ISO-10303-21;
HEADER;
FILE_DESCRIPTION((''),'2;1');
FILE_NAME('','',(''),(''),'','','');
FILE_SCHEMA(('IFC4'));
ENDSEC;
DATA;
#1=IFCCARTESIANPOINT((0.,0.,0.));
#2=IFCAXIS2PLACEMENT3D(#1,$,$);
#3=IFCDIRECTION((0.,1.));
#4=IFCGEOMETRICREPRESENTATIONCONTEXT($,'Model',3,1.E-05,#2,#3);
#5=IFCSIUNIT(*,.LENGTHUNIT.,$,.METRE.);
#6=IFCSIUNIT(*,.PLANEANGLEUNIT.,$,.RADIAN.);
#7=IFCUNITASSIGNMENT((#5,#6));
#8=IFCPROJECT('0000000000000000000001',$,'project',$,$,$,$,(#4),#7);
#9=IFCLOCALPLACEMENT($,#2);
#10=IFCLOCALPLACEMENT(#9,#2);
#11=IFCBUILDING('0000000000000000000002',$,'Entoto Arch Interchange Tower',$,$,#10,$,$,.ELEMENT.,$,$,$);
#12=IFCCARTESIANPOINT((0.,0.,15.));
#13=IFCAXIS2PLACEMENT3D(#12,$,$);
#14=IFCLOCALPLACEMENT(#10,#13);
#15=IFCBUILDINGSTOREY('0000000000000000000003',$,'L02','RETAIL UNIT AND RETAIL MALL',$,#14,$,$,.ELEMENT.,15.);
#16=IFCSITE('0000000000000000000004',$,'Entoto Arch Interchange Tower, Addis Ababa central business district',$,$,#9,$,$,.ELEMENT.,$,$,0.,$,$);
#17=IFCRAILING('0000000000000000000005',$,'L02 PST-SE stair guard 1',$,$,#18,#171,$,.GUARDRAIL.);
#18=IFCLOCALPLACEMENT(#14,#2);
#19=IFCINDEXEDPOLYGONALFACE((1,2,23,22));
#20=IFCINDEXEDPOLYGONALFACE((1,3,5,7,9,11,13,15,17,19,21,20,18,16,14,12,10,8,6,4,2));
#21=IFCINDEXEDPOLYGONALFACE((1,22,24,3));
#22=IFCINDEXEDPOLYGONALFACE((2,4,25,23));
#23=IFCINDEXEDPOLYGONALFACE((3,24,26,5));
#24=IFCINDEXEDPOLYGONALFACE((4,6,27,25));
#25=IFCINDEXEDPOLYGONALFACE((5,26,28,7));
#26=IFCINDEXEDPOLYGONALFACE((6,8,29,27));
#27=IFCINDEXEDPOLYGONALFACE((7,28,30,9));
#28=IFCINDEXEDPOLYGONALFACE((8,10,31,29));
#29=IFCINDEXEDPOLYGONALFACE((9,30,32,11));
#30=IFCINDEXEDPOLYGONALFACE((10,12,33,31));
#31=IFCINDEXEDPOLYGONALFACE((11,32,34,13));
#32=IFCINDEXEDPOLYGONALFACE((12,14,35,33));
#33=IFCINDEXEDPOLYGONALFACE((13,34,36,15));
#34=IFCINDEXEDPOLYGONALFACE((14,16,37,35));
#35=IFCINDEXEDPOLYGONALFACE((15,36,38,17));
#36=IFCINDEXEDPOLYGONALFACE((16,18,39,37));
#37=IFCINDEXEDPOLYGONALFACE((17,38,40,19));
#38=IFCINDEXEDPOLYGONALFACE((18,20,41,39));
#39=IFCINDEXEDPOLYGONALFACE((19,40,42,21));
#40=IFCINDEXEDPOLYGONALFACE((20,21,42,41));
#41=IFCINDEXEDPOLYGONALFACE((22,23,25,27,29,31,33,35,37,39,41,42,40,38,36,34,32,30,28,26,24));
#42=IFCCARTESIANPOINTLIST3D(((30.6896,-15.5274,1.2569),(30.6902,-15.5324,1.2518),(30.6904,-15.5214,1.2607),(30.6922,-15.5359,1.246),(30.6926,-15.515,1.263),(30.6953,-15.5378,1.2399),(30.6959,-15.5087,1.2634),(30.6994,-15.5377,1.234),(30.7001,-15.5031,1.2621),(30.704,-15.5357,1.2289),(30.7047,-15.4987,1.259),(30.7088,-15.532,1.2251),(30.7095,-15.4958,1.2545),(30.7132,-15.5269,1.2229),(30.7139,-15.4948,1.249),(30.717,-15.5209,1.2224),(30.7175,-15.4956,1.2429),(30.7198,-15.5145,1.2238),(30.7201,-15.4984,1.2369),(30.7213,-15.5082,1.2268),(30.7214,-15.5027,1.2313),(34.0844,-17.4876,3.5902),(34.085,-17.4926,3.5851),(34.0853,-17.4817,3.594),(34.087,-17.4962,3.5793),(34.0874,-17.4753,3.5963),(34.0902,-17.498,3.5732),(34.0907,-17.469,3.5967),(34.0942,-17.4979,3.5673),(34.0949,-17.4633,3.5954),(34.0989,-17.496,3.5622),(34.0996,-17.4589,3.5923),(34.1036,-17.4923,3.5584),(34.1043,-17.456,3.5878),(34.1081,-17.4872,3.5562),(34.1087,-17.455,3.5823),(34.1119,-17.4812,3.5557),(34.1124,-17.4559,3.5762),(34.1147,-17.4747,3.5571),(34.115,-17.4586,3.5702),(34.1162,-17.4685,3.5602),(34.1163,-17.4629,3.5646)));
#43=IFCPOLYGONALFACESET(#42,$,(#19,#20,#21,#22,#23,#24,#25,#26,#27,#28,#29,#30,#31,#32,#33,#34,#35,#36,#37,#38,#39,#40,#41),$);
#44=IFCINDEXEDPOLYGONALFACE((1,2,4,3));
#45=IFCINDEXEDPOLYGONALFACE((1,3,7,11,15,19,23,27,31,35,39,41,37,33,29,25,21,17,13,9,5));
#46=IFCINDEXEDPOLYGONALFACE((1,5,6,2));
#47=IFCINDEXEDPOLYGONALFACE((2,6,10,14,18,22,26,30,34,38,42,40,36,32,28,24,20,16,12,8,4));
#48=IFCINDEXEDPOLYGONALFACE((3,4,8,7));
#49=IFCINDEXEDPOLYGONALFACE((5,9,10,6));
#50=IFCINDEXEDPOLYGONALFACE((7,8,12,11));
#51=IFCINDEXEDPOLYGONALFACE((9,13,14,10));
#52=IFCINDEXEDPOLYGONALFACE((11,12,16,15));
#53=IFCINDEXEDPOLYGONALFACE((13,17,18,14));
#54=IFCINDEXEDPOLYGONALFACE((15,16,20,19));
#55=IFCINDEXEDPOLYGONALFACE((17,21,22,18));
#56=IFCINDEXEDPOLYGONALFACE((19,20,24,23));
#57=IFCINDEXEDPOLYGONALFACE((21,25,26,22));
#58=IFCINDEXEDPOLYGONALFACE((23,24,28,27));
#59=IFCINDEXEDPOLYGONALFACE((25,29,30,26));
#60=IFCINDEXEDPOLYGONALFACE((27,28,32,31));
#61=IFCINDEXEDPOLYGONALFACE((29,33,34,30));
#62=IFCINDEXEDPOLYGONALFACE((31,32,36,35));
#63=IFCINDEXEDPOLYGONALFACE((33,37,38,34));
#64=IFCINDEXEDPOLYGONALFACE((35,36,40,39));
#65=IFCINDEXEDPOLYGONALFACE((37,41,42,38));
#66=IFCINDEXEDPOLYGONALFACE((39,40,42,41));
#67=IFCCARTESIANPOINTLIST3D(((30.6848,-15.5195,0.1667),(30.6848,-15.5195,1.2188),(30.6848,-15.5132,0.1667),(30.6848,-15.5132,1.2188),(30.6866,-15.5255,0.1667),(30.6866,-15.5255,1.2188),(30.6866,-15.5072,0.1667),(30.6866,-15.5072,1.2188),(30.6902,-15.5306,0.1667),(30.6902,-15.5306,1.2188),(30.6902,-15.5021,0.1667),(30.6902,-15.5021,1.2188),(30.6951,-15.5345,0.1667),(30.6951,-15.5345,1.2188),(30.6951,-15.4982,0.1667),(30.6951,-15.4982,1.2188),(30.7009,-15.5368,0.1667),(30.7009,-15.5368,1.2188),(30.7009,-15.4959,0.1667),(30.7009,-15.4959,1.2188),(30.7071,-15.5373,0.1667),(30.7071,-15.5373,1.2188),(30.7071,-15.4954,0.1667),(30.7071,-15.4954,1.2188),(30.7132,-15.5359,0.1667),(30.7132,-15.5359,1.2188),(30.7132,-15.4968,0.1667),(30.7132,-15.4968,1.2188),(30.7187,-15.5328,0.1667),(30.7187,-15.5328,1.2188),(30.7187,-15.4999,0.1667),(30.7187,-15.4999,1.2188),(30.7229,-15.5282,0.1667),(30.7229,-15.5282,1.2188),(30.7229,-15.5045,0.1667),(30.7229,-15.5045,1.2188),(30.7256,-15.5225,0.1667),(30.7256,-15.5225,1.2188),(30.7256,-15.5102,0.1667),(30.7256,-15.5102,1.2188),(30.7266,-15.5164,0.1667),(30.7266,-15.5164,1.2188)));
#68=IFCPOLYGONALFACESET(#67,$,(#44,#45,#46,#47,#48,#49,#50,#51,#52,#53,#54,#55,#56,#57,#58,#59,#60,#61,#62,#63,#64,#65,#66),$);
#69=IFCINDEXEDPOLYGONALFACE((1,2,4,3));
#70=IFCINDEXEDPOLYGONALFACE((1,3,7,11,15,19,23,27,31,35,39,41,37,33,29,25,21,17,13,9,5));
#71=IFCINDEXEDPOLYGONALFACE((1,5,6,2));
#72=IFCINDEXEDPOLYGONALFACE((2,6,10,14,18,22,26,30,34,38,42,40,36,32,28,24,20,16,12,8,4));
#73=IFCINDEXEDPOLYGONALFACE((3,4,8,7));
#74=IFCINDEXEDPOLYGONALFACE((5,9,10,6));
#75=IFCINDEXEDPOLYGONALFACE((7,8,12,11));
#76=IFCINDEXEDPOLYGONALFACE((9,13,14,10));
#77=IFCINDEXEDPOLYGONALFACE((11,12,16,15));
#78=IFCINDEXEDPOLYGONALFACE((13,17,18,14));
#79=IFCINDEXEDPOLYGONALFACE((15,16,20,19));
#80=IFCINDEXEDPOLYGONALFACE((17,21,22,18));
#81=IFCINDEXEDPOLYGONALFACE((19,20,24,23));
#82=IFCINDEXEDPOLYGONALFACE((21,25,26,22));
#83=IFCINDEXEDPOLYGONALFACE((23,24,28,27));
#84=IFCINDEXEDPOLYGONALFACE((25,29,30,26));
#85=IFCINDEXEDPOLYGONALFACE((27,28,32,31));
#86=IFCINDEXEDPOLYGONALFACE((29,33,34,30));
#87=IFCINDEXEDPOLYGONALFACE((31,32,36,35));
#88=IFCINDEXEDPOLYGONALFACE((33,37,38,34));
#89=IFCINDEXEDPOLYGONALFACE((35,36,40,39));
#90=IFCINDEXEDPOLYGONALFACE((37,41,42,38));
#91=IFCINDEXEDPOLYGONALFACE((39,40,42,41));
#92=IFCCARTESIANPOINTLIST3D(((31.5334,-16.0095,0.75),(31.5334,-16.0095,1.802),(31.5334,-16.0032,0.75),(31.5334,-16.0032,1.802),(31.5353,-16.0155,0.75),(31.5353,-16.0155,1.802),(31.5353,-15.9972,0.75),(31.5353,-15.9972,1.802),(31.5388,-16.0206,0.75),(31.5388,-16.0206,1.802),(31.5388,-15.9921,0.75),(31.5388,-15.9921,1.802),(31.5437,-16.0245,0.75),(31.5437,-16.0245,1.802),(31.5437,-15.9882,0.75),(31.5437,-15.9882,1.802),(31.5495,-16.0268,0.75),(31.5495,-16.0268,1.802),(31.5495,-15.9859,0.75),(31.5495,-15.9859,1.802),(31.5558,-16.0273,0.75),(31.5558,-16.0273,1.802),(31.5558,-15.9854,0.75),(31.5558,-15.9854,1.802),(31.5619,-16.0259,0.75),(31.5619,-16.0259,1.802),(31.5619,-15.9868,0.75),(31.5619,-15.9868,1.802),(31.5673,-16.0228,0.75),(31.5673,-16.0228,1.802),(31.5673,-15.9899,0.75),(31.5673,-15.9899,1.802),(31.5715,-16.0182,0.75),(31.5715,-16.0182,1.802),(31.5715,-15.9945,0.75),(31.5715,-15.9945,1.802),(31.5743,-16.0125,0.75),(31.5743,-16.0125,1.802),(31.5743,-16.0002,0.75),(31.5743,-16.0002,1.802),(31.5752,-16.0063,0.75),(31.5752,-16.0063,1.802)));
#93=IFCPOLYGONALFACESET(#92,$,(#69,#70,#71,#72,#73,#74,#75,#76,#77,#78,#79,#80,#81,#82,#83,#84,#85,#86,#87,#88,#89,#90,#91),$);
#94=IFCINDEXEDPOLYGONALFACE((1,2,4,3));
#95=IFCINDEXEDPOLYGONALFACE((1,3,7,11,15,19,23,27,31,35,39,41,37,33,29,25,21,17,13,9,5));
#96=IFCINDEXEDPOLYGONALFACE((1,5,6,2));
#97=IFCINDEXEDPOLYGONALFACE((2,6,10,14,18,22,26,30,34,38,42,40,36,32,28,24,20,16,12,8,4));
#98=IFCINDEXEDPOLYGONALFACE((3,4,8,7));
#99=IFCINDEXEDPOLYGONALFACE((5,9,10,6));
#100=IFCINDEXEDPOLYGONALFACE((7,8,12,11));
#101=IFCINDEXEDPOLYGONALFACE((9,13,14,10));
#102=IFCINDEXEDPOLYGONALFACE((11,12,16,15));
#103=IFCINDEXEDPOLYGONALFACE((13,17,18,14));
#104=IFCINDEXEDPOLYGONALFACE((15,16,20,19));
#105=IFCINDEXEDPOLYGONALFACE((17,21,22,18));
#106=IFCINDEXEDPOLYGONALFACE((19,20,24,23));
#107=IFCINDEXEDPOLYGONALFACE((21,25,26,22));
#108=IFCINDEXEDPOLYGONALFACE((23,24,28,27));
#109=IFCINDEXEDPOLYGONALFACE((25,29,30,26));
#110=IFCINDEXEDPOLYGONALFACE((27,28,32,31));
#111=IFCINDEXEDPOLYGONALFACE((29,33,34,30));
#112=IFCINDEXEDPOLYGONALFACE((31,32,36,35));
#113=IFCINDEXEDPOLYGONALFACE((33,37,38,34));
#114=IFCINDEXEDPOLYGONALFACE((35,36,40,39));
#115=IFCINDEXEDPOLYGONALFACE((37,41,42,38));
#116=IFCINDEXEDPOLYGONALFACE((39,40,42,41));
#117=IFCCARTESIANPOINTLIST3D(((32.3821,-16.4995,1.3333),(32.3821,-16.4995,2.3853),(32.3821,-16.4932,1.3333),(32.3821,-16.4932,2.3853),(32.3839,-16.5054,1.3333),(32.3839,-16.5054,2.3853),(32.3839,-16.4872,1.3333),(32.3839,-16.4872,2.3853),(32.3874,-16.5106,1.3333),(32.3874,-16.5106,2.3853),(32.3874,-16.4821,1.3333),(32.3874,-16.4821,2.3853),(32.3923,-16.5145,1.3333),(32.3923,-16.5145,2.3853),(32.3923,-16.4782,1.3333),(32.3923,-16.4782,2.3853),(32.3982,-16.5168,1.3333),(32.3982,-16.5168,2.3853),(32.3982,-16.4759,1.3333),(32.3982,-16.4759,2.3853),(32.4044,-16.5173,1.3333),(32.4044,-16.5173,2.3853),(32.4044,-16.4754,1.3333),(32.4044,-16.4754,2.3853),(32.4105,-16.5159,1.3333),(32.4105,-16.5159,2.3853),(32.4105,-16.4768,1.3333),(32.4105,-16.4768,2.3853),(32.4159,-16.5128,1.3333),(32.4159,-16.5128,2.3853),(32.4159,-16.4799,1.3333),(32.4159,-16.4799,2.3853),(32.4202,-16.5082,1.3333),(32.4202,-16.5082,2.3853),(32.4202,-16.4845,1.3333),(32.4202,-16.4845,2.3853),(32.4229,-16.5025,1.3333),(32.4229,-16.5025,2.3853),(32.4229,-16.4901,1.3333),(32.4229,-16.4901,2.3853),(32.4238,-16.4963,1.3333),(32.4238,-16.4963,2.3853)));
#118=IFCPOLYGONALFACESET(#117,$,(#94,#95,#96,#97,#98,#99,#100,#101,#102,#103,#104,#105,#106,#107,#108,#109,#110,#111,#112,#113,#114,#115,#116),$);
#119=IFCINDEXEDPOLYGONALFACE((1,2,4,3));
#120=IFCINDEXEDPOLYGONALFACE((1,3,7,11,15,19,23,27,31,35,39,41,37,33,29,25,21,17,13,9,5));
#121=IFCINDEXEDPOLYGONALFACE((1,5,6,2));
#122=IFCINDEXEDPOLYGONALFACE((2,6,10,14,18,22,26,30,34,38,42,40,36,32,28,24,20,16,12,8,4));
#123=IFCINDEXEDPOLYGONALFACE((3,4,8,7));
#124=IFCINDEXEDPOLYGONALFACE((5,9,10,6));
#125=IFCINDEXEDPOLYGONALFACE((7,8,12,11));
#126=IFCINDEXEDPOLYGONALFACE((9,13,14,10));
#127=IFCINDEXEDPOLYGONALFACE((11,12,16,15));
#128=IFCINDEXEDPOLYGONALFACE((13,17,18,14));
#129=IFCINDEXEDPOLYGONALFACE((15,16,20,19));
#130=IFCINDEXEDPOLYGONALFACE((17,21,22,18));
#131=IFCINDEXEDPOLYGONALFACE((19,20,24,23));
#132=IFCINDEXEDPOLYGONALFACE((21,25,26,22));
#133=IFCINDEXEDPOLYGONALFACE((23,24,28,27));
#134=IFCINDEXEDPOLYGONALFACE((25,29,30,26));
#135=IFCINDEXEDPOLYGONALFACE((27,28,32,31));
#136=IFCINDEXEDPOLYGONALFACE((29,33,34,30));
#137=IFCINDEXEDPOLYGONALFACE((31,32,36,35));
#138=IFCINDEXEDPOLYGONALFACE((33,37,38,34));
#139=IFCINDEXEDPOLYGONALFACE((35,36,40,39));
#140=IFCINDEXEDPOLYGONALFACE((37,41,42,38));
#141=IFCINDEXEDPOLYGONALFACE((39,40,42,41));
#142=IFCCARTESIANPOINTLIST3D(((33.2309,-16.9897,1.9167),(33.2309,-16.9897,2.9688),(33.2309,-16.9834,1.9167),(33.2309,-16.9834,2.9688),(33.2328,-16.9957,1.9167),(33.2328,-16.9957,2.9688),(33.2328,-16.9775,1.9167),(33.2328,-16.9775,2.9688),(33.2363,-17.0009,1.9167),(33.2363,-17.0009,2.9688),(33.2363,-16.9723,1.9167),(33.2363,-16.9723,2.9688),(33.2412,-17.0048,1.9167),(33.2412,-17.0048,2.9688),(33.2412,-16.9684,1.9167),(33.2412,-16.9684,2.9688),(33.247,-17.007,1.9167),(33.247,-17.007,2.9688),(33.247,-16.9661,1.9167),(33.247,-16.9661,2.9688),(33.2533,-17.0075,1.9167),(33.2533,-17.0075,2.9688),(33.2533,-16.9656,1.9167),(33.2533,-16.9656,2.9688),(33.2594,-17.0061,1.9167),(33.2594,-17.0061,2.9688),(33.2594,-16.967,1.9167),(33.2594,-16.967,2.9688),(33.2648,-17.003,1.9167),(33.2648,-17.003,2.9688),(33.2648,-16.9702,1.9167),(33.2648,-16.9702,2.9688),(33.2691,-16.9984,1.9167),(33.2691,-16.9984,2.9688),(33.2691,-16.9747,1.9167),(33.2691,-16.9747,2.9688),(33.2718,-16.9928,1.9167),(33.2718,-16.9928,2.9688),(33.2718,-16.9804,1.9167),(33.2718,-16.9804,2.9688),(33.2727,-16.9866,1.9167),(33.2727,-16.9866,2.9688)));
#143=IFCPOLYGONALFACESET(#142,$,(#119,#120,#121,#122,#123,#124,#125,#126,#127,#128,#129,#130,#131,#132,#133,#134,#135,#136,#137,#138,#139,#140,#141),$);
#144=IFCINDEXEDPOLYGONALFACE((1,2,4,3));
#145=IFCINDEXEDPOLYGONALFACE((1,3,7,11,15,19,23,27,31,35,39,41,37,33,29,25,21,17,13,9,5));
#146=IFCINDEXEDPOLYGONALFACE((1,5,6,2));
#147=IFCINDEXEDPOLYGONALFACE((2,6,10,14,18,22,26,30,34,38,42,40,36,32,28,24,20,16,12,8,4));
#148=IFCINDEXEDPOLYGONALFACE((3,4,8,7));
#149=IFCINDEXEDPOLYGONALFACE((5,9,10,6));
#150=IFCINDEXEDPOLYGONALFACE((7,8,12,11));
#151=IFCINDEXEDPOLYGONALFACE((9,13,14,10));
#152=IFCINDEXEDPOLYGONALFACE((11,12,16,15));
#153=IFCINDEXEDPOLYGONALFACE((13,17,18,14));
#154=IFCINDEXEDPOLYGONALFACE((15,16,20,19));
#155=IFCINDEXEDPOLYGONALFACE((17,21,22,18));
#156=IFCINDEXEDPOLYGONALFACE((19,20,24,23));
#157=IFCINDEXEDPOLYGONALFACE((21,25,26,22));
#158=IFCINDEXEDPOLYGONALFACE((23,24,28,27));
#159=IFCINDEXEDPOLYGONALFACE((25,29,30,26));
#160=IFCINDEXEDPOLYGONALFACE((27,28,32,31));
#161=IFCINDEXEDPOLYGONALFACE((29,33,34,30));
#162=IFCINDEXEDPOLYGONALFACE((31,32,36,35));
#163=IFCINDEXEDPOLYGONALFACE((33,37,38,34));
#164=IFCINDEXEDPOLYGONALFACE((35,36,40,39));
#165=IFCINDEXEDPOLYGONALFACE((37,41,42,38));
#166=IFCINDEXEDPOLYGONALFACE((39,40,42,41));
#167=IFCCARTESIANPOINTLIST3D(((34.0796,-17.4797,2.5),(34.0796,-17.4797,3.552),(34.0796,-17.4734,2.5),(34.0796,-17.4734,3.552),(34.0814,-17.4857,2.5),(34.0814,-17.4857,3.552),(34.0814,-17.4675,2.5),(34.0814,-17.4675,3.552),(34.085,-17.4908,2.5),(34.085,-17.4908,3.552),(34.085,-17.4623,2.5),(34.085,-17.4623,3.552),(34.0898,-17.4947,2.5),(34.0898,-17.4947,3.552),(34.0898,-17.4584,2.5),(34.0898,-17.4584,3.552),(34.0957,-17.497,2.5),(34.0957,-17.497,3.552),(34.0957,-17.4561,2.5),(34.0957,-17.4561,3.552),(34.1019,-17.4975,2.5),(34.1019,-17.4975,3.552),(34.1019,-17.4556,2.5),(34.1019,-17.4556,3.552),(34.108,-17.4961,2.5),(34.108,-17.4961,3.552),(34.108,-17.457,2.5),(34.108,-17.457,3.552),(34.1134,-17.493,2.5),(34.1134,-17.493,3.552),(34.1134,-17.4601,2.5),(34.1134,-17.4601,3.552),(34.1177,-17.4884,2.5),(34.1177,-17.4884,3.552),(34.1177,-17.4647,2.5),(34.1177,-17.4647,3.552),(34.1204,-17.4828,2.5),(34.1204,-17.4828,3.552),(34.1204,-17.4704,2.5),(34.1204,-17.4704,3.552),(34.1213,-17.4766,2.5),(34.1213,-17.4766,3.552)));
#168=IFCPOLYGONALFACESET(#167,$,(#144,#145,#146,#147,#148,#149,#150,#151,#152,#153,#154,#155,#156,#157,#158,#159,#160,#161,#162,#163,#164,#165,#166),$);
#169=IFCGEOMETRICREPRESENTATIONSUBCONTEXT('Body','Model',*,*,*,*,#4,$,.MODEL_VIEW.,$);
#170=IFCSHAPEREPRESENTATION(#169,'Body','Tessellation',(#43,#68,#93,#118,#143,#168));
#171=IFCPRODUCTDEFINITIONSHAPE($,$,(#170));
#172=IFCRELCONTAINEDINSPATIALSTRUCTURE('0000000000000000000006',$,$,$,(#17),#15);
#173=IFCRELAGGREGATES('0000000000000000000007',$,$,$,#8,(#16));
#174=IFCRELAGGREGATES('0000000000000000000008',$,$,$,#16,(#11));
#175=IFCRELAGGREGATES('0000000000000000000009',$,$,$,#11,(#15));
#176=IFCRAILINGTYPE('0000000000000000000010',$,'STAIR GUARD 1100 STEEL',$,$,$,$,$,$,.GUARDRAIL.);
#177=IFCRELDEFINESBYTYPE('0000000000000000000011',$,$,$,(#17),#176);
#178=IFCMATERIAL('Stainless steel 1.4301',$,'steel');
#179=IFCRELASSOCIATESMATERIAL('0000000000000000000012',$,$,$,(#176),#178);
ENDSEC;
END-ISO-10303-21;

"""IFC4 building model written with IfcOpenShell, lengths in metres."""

from ifc_helpers import new_model, si_unit, direction, frame, origin, origin_2d, place, context, subcontext, project, spatial, circle, extrude, material, type_object, element, save


model = new_model("IFC4")

# Units and contexts
model_context = context("Model", 3, precision=1e-05, world=origin(), true_north=direction((0.0, 1.0)))
body_context = subcontext(model_context, "Body", "Model", "MODEL_VIEW")
ifc_project = project(units=[si_unit("LENGTHUNIT", "METRE"), si_unit("PLANEANGLEUNIT", "RADIAN")], contexts=[model_context])

# Site, building, storey
site_placement = place(None, origin())
site = spatial("IfcSite", under=ifc_project, at=site_placement, Name="Entoto Arch Interchange Tower, Addis Ababa central business district", CompositionType="ELEMENT", RefElevation=0.0)
building_placement = place(site_placement, origin())
building = spatial("IfcBuilding", under=site, at=building_placement, Name="Entoto Arch Interchange Tower", CompositionType="ELEMENT")
storey_placement = place(building_placement, frame((0.0, 0.0, 15.0)))
storey = spatial("IfcBuildingStorey", under=building, at=storey_placement, Name="L02", Description="RETAIL UNIT AND RETAIL MALL", CompositionType="ELEMENT", Elevation=15.0)

# Railing
ifc_material_1 = material(Name="Stainless steel 1.4301", Category="steel")
railing_type_1 = type_object("IfcRailingType", Name="STAIR GUARD 1100 STEEL", PredefinedType="GUARDRAIL", material=ifc_material_1)
railing_1_placement = place(storey_placement, frame((30.7056, -15.5164, 0.1667)))
element("IfcRailing", 1, at=railing_1_placement, inside=storey, type_object=railing_type_1, Name="L02 PST-SE stair guard 1", PredefinedType="GUARDRAIL", context=body_context, shape_type="SweptSolid", body=[
    extrude(circle(Radius=0.0239, at=origin_2d()), frame((0.0, 0.0, 1.0762), z_axis=(0.744158, -0.42969, 0.511464), x_axis=(0.500044, 0.866, 0.0)), (0.0, 0.0, 1.0), 4.562),
    extrude(circle(Radius=0.021, at=origin_2d()), origin(), (0.0, 0.0, 1.0), 1.052),
    extrude(circle(Radius=0.021, at=origin_2d()), frame((0.8486, -0.49, 0.5833)), (0.0, 0.0, 1.0), 1.052),
    extrude(circle(Radius=0.021, at=origin_2d()), frame((1.6973, -0.98, 1.1665)), (0.0, 0.0, 1.0), 1.052),
    extrude(circle(Radius=0.021, at=origin_2d()), frame((2.5461, -1.4702, 1.75)), (0.0, 0.0, 1.0), 1.052),
    extrude(circle(Radius=0.021, at=origin_2d()), frame((3.3948, -1.9602, 2.3333)), (0.0, 0.0, 1.0), 1.052),
])

save(model, "model.ifc")
